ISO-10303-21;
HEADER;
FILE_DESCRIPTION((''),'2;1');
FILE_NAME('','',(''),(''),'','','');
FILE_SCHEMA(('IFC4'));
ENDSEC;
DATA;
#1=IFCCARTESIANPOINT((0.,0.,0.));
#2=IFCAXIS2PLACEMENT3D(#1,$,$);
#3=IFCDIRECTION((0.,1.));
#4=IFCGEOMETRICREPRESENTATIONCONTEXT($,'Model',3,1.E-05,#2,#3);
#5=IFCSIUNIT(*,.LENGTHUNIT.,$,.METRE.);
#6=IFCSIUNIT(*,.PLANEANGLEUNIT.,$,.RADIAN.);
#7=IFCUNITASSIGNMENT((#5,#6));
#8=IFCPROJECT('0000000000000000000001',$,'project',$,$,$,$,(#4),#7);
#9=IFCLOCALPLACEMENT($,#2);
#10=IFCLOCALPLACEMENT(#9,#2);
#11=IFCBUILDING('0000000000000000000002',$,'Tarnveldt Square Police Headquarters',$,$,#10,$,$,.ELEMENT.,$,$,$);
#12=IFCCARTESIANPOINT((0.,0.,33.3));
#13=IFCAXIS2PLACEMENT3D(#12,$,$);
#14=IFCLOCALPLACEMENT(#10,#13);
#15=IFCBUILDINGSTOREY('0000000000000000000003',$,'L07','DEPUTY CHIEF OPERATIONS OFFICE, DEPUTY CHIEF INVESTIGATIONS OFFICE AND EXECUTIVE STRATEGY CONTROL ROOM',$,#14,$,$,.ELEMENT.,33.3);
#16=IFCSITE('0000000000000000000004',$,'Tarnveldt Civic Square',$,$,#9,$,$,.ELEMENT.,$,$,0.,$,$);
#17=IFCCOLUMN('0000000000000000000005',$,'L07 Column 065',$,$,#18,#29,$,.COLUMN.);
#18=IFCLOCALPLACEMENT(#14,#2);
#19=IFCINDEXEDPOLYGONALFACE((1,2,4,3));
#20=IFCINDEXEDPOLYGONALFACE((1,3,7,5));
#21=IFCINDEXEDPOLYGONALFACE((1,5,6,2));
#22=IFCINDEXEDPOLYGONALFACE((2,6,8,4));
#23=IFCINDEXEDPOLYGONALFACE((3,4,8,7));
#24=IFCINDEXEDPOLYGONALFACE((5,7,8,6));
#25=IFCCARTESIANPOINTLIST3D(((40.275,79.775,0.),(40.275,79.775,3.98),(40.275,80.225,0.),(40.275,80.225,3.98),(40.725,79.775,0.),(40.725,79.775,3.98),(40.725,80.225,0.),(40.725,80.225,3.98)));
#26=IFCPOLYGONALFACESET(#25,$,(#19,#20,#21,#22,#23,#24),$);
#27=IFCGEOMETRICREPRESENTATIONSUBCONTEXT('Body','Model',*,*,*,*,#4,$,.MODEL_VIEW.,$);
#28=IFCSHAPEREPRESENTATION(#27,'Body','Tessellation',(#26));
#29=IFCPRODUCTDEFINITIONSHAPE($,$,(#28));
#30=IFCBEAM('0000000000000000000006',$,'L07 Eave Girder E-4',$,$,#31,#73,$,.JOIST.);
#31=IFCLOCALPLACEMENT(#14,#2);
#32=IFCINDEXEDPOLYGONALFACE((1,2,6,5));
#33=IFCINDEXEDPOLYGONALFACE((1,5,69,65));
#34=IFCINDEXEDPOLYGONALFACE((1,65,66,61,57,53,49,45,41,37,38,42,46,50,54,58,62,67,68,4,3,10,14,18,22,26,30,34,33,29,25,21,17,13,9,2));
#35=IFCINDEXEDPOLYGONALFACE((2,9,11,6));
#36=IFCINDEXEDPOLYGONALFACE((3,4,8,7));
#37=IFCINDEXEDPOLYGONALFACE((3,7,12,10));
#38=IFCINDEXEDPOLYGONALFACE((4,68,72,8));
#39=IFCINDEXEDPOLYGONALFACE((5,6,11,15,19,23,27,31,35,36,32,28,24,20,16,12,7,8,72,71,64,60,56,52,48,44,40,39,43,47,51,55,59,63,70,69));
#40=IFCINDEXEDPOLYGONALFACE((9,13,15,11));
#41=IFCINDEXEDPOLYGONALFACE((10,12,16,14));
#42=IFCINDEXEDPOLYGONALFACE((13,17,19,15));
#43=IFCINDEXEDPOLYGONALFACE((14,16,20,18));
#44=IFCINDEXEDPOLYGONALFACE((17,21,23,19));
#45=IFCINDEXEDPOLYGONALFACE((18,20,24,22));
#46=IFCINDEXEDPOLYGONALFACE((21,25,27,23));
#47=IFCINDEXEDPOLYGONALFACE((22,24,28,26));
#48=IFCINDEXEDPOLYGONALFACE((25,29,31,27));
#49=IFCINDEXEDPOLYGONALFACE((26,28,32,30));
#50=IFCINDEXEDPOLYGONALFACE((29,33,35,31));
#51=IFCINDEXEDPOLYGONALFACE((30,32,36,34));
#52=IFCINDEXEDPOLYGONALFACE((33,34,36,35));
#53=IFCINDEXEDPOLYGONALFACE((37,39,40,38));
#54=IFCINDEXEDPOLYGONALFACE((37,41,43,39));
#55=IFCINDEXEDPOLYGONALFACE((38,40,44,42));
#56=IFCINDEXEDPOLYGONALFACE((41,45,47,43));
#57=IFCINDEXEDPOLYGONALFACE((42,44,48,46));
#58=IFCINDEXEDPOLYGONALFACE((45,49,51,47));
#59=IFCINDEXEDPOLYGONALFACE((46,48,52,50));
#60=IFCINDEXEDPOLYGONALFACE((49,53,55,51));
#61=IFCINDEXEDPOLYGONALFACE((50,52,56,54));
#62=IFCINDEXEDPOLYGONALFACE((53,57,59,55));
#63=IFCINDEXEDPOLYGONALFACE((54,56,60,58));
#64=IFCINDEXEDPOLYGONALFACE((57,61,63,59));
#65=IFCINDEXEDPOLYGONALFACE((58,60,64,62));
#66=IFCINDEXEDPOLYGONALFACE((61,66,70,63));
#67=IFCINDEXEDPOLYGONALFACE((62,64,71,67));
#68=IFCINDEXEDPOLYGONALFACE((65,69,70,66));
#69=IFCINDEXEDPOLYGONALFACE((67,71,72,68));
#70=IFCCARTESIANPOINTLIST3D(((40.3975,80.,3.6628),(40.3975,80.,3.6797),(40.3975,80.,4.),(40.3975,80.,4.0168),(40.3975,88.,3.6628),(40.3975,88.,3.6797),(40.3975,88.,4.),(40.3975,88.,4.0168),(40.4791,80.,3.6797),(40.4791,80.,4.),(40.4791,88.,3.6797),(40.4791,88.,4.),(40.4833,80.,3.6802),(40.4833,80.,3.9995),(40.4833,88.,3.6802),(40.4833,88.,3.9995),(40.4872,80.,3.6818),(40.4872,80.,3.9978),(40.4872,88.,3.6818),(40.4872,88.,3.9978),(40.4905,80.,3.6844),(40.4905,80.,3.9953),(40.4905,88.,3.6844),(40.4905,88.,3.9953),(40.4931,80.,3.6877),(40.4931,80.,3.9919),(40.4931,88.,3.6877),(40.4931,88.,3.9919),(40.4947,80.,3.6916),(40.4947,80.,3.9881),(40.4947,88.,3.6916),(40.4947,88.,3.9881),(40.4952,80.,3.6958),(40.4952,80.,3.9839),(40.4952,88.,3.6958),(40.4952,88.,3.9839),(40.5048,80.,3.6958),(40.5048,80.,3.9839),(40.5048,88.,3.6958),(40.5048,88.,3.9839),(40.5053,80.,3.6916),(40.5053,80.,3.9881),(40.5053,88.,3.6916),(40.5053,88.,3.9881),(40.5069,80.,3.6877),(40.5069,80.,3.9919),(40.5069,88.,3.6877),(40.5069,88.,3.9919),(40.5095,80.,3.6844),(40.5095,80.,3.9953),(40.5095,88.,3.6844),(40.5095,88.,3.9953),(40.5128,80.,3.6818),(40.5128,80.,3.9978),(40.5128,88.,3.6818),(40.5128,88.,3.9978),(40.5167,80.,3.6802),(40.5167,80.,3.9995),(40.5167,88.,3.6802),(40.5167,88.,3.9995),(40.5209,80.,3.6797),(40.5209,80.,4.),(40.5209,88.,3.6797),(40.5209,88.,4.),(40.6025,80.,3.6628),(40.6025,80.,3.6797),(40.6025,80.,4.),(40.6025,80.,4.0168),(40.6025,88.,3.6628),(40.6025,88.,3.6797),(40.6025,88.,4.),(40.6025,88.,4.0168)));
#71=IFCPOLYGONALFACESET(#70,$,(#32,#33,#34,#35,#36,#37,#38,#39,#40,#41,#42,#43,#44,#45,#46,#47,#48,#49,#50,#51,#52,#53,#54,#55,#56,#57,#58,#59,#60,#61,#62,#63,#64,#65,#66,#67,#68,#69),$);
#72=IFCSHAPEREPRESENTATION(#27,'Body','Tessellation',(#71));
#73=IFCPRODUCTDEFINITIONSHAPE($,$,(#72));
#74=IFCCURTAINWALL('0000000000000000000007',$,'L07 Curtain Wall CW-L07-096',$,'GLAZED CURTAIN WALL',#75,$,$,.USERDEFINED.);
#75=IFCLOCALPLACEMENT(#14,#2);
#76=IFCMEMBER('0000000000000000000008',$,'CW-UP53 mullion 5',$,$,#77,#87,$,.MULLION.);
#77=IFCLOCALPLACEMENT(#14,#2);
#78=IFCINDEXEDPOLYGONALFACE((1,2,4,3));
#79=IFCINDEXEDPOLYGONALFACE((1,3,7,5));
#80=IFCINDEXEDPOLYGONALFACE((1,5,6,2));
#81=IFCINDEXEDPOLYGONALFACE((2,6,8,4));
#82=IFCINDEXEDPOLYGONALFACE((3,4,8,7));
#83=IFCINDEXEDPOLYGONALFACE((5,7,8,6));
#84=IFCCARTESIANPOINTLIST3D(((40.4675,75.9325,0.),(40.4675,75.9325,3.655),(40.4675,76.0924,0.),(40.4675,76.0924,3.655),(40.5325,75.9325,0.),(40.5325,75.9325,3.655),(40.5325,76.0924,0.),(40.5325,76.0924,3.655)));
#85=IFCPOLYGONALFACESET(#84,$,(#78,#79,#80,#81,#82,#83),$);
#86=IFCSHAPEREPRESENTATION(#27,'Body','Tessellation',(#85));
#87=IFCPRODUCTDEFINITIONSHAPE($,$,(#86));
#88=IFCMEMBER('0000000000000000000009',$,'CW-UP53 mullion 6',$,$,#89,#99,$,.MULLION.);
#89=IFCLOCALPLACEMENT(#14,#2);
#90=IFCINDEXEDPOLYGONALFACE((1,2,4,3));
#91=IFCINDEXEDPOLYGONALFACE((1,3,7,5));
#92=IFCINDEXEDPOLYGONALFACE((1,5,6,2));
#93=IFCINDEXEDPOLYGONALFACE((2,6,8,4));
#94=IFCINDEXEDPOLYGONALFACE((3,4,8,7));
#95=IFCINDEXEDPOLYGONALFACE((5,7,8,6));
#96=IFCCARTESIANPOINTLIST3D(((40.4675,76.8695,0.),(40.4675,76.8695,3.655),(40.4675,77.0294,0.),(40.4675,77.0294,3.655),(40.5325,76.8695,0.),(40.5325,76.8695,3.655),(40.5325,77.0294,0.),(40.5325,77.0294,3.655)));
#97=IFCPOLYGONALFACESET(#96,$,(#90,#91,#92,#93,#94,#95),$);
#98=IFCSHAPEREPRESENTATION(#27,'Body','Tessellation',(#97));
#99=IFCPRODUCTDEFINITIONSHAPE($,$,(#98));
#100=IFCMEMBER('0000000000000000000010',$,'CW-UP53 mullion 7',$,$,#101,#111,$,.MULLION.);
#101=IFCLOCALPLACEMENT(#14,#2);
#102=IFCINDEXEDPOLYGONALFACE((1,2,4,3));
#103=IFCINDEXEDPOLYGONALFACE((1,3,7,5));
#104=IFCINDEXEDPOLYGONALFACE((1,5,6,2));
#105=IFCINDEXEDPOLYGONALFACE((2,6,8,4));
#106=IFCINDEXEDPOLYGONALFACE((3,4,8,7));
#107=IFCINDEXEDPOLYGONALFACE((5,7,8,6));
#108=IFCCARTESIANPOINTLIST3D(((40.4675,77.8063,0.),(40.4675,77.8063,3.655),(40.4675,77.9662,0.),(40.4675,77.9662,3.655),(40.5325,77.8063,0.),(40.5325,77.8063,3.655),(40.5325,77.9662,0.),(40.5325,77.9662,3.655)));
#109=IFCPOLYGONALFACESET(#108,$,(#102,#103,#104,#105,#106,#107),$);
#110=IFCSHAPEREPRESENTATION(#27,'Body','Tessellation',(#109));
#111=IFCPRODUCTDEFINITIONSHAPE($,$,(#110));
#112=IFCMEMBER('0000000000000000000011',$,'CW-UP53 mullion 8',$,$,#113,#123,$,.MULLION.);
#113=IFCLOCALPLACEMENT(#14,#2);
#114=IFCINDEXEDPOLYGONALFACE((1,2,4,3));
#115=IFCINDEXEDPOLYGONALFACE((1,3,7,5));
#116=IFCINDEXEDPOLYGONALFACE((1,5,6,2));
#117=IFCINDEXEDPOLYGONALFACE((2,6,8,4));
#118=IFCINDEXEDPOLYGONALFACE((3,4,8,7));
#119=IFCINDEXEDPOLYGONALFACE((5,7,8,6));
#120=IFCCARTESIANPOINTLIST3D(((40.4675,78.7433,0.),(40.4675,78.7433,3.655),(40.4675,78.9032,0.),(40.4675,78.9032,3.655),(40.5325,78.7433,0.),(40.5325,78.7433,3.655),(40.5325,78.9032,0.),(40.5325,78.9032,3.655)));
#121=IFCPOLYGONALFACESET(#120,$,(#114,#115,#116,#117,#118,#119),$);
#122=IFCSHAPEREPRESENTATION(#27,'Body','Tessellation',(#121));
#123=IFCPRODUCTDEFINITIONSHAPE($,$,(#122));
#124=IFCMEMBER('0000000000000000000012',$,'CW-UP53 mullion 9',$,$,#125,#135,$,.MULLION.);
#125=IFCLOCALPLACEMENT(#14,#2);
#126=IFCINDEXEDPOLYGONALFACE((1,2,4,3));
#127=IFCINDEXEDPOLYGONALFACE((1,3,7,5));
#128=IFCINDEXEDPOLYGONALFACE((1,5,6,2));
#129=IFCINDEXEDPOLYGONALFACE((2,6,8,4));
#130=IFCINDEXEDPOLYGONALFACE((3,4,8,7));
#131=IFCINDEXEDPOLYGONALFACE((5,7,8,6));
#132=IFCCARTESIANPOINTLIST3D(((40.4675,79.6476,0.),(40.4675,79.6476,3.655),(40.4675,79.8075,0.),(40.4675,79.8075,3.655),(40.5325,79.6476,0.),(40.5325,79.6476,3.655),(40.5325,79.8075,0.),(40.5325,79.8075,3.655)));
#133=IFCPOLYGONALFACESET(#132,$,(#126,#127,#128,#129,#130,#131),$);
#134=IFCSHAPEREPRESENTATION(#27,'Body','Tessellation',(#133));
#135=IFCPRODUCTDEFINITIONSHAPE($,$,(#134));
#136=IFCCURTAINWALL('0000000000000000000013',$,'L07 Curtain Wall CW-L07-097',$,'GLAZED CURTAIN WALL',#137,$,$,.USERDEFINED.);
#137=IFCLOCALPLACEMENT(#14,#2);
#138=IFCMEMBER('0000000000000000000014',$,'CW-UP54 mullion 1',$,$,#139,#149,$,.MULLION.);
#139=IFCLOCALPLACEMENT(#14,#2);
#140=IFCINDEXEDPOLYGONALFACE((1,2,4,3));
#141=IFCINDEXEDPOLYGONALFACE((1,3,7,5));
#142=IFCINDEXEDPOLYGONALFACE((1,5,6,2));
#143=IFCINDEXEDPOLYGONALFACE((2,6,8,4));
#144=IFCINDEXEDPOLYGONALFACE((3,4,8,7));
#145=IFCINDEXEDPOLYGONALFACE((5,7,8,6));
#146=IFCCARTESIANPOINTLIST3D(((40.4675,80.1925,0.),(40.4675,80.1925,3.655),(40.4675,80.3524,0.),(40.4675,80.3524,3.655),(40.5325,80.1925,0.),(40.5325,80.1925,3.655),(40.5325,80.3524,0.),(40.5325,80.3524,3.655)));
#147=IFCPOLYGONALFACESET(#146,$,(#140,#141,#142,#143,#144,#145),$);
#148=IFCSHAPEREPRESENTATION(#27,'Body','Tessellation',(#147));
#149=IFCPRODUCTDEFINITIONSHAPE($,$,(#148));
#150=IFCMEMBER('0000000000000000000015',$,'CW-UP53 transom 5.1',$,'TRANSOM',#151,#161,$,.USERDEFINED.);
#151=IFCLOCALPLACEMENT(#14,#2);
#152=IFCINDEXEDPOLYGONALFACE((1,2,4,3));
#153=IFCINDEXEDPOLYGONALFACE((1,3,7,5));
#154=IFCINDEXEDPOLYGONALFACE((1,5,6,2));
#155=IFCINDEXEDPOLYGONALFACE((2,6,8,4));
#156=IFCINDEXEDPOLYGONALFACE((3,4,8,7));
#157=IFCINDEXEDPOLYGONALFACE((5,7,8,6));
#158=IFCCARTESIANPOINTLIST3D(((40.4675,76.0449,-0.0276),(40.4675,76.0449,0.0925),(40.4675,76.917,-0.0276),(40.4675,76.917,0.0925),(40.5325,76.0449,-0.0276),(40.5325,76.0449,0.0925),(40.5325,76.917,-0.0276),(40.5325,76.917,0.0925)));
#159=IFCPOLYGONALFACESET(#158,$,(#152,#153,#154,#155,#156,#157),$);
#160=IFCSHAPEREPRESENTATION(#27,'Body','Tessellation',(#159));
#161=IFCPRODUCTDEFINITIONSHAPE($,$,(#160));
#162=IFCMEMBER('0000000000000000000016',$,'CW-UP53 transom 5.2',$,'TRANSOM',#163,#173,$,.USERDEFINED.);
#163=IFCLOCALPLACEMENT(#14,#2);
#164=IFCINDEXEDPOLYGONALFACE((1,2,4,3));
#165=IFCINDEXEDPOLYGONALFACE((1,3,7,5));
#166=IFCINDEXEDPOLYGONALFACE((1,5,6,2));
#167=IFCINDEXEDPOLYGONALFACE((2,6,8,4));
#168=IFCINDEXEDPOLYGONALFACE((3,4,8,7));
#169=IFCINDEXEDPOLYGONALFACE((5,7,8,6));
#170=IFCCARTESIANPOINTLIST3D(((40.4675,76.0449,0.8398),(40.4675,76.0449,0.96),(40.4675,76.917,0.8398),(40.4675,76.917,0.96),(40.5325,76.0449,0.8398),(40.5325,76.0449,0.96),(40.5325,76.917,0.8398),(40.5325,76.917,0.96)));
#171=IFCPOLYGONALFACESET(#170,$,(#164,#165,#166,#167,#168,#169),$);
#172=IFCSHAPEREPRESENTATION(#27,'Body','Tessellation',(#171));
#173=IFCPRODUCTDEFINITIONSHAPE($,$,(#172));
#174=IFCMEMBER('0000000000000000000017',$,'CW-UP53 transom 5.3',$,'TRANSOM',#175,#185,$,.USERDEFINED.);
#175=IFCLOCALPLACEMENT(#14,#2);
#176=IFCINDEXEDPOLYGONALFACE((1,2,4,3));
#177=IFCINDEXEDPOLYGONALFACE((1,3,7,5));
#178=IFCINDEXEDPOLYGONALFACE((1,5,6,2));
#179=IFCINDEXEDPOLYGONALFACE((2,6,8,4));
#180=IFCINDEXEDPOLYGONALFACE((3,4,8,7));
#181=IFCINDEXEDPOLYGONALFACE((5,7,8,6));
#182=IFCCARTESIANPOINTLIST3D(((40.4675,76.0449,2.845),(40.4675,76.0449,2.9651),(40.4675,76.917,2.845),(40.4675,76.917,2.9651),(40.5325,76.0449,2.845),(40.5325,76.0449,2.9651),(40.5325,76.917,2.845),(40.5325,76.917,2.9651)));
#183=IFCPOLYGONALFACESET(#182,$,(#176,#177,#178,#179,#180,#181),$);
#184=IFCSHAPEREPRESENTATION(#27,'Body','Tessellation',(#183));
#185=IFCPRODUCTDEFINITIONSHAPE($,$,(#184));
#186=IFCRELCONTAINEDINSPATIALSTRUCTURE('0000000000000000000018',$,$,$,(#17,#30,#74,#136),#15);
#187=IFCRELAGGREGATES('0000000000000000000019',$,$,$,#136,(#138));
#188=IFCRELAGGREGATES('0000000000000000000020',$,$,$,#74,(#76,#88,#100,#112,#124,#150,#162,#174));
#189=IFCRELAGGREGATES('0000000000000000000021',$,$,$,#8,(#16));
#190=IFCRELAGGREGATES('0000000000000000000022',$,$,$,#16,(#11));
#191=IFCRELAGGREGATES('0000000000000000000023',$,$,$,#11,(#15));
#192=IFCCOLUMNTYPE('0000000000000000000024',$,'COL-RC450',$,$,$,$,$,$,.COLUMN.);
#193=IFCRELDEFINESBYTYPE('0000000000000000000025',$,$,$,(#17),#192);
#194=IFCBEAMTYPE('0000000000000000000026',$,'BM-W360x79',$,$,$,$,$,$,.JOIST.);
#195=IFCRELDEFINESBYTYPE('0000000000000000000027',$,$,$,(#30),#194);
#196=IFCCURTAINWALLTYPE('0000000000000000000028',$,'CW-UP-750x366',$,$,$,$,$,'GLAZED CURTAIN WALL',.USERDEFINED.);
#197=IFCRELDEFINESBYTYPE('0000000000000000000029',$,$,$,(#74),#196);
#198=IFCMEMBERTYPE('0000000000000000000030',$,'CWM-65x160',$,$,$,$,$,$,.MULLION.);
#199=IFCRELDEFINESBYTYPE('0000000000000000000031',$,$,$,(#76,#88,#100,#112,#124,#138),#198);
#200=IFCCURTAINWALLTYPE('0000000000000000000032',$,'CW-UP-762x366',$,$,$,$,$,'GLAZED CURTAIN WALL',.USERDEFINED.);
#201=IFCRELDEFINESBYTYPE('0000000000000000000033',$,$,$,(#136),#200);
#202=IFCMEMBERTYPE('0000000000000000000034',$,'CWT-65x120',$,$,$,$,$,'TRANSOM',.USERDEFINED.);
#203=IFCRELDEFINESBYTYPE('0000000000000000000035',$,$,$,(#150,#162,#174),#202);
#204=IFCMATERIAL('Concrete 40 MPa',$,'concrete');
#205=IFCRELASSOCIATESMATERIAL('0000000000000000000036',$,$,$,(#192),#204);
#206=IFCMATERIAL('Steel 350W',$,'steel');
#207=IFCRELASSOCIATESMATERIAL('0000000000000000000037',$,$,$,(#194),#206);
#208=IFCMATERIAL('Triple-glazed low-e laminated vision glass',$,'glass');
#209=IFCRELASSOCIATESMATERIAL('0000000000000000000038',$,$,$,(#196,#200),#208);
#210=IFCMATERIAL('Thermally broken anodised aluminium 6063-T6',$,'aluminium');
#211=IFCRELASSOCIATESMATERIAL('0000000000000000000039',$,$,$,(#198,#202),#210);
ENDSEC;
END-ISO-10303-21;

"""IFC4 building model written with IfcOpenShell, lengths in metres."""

from ifc_helpers import new_model, si_unit, direction, frame, origin, origin_2d, place, context, subcontext, project, spatial, rectangle, i_section, extrude, material, material_profile, profile_set, type_object, element, aggregate, save


model = new_model("IFC4")

# Units and contexts
model_context = context("Model", 3, precision=1e-05, world=origin(), true_north=direction((0.0, 1.0)))
body_context = subcontext(model_context, "Body", "Model", "MODEL_VIEW")
ifc_project = project(units=[si_unit("LENGTHUNIT", "METRE"), si_unit("PLANEANGLEUNIT", "RADIAN")], contexts=[model_context])

# Site, building, storey
site_placement = place(None, origin())
site = spatial("IfcSite", under=ifc_project, at=site_placement, Name="Tarnveldt Civic Square", CompositionType="ELEMENT", RefElevation=0.0)
building_placement = place(site_placement, origin())
building = spatial("IfcBuilding", under=site, at=building_placement, Name="Tarnveldt Square Police Headquarters", CompositionType="ELEMENT")
storey_placement = place(building_placement, frame((0.0, 0.0, 33.3)))
storey = spatial("IfcBuildingStorey", under=building, at=storey_placement, Name="L07", Description="DEPUTY CHIEF OPERATIONS OFFICE, DEPUTY CHIEF INVESTIGATIONS OFFICE AND EXECUTIVE STRATEGY CONTROL ROOM", CompositionType="ELEMENT", Elevation=33.3)

# Column
ifc_material_1 = material(Name="Concrete 40 MPa", Category="concrete")
ifc_material_profile_1 = material_profile(ifc_material_1, rectangle(XDim=0.45, YDim=0.45, at=origin_2d()), Name="RC-C450x450")
ifc_profile_set_1 = profile_set([ifc_material_profile_1], Name="Concrete 40 MPa")
column_type = type_object("IfcColumnType", Name="COL-RC450", PredefinedType="COLUMN", material=ifc_profile_set_1)
column_placement = place(storey_placement, frame((40.5, 80.0, 0.0), z_axis=(0.0, 0.0, 1.0), x_axis=(1.0, 0.0, 0.0)))
element("IfcColumn", 1, at=column_placement, inside=storey, type_object=column_type, Name="L07 Column 065", PredefinedType="COLUMN", context=body_context, shape_type="SweptSolid", body=[
    extrude(rectangle(XDim=0.45, YDim=0.45, at=origin_2d()), origin(), (0.0, 0.0, 1.0), 3.98),
])

# Beam
ifc_material_2 = material(Name="Steel 350W", Category="steel")
ifc_material_profile_2 = material_profile(ifc_material_2, i_section(OverallWidth=0.2051, OverallDepth=0.354, WebThickness=0.0095, FlangeThickness=0.0168, FilletRadius=0.0161, at=origin_2d()), Name="W360x79")
ifc_profile_set_2 = profile_set([ifc_material_profile_2], Name="Steel 350W")
beam_type = type_object("IfcBeamType", Name="BM-W360x79", PredefinedType="JOIST", material=ifc_profile_set_2)
beam_placement = place(storey_placement, frame((40.5, 80.0, 3.8398), z_axis=(0.0, 1.0, 0.0), x_axis=(-1.0, 0.0, 0.0)))
element("IfcBeam", 2, at=beam_placement, inside=storey, type_object=beam_type, Name="L07 Eave Girder E-4", PredefinedType="JOIST", context=body_context, shape_type="SweptSolid", body=[
    extrude(i_section(OverallWidth=0.2051, OverallDepth=0.354, WebThickness=0.0095, FlangeThickness=0.0168, FilletRadius=0.0161, at=origin_2d()), origin(), (0.0, 0.0, 1.0), 8.0),
])

# Curtain wall, members
ifc_material_3 = material(Name="Triple-glazed low-e laminated vision glass", Category="glass")
curtain_wall_type_1 = type_object("IfcCurtainWallType", Name="CW-UP-750x366", ElementType="GLAZED CURTAIN WALL", PredefinedType="USERDEFINED", material=ifc_material_3)
curtain_wall_1_placement = place(storey_placement, origin())
curtain_wall_1 = element("IfcCurtainWall", 3, at=curtain_wall_1_placement, inside=storey, type_object=curtain_wall_type_1, Name="L07 Curtain Wall CW-L07-096", ObjectType="GLAZED CURTAIN WALL", PredefinedType="USERDEFINED")
ifc_material_4 = material(Name="Thermally broken anodised aluminium 6063-T6", Category="aluminium")
ifc_material_profile_3 = material_profile(ifc_material_4, rectangle(XDim=0.0649, YDim=0.1599, at=origin_2d()), Name="CW-M65x160")
ifc_profile_set_3 = profile_set([ifc_material_profile_3], Name="Thermally broken anodised aluminium 6063-T6")
member_type_1 = type_object("IfcMemberType", Name="CWM-65x160", PredefinedType="MULLION", material=ifc_profile_set_3)
member_1_placement = place(storey_placement, frame((40.5, 76.0125, 0.0), z_axis=(0.0, 0.0, 1.0), x_axis=(-1.0, 0.0, 0.0)))
member_1 = element("IfcMember", 4, at=member_1_placement, type_object=member_type_1, Name="CW-UP53 mullion 5", PredefinedType="MULLION", context=body_context, shape_type="SweptSolid", body=[
    extrude(rectangle(XDim=0.0649, YDim=0.1599, at=origin_2d()), origin(), (0.0, 0.0, 1.0), 3.655),
])
member_2_placement = place(storey_placement, frame((40.5, 76.9495, 0.0), z_axis=(0.0, 0.0, 1.0), x_axis=(-1.0, 0.0, 0.0)))
member_2 = element("IfcMember", 5, at=member_2_placement, type_object=member_type_1, Name="CW-UP53 mullion 6", PredefinedType="MULLION", context=body_context, shape_type="SweptSolid", body=[
    extrude(rectangle(XDim=0.0649, YDim=0.1599, at=origin_2d()), origin(), (0.0, 0.0, 1.0), 3.655),
])
member_3_placement = place(storey_placement, frame((40.5, 77.8862, 0.0), z_axis=(0.0, 0.0, 1.0), x_axis=(-1.0, 0.0, 0.0)))
member_3 = element("IfcMember", 6, at=member_3_placement, type_object=member_type_1, Name="CW-UP53 mullion 7", PredefinedType="MULLION", context=body_context, shape_type="SweptSolid", body=[
    extrude(rectangle(XDim=0.0649, YDim=0.1599, at=origin_2d()), origin(), (0.0, 0.0, 1.0), 3.655),
])
member_4_placement = place(storey_placement, frame((40.5, 78.8232, 0.0), z_axis=(0.0, 0.0, 1.0), x_axis=(-1.0, 0.0, 0.0)))
member_4 = element("IfcMember", 7, at=member_4_placement, type_object=member_type_1, Name="CW-UP53 mullion 8", PredefinedType="MULLION", context=body_context, shape_type="SweptSolid", body=[
    extrude(rectangle(XDim=0.0649, YDim=0.1599, at=origin_2d()), origin(), (0.0, 0.0, 1.0), 3.655),
])
member_5_placement = place(storey_placement, frame((40.5, 79.7275, 0.0), z_axis=(0.0, 0.0, 1.0), x_axis=(-1.0, 0.0, 0.0)))
member_5 = element("IfcMember", 8, at=member_5_placement, type_object=member_type_1, Name="CW-UP53 mullion 9", PredefinedType="MULLION", context=body_context, shape_type="SweptSolid", body=[
    extrude(rectangle(XDim=0.0649, YDim=0.1599, at=origin_2d()), origin(), (0.0, 0.0, 1.0), 3.655),
])

# Curtain wall, member
curtain_wall_type_2 = type_object("IfcCurtainWallType", Name="CW-UP-762x366", ElementType="GLAZED CURTAIN WALL", PredefinedType="USERDEFINED", material=ifc_material_3)
curtain_wall_2_placement = place(storey_placement, origin())
curtain_wall_2 = element("IfcCurtainWall", 9, at=curtain_wall_2_placement, inside=storey, type_object=curtain_wall_type_2, Name="L07 Curtain Wall CW-L07-097", ObjectType="GLAZED CURTAIN WALL", PredefinedType="USERDEFINED")
member_6_placement = place(storey_placement, frame((40.5, 80.2725, 0.0), z_axis=(0.0, 0.0, 1.0), x_axis=(-1.0, 0.0, 0.0)))
member_6 = element("IfcMember", 10, at=member_6_placement, type_object=member_type_1, Name="CW-UP54 mullion 1", PredefinedType="MULLION", context=body_context, shape_type="SweptSolid", body=[
    extrude(rectangle(XDim=0.0649, YDim=0.1599, at=origin_2d()), origin(), (0.0, 0.0, 1.0), 3.655),
])

# Members
ifc_material_profile_4 = material_profile(ifc_material_4, rectangle(XDim=0.0649, YDim=0.1201, at=origin_2d()), Name="CW-T65x120")
ifc_profile_set_4 = profile_set([ifc_material_profile_4], Name="Thermally broken anodised aluminium 6063-T6")
member_type_2 = type_object("IfcMemberType", Name="CWT-65x120", ElementType="TRANSOM", PredefinedType="USERDEFINED", material=ifc_profile_set_4)
member_7_placement = place(storey_placement, frame((40.5, 76.0449, 0.0325), z_axis=(0.0, 1.0, 0.0), x_axis=(-1.0, 0.0, 0.0)))
member_7 = element("IfcMember", 11, at=member_7_placement, type_object=member_type_2, Name="CW-UP53 transom 5.1", ObjectType="TRANSOM", PredefinedType="USERDEFINED", context=body_context, shape_type="SweptSolid", body=[
    extrude(rectangle(XDim=0.0649, YDim=0.1201, at=origin_2d()), origin(), (0.0, 0.0, 1.0), 0.8721),
])
member_8_placement = place(storey_placement, frame((40.5, 76.0449, 0.8999), z_axis=(0.0, 1.0, 0.0), x_axis=(-1.0, 0.0, 0.0)))
member_8 = element("IfcMember", 12, at=member_8_placement, type_object=member_type_2, Name="CW-UP53 transom 5.2", ObjectType="TRANSOM", PredefinedType="USERDEFINED", context=body_context, shape_type="SweptSolid", body=[
    extrude(rectangle(XDim=0.0649, YDim=0.1201, at=origin_2d()), origin(), (0.0, 0.0, 1.0), 0.8721),
])
member_9_placement = place(storey_placement, frame((40.5, 76.0449, 2.905), z_axis=(0.0, 1.0, 0.0), x_axis=(-1.0, 0.0, 0.0)))
member_9 = element("IfcMember", 13, at=member_9_placement, type_object=member_type_2, Name="CW-UP53 transom 5.3", ObjectType="TRANSOM", PredefinedType="USERDEFINED", context=body_context, shape_type="SweptSolid", body=[
    extrude(rectangle(XDim=0.0649, YDim=0.1201, at=origin_2d()), origin(), (0.0, 0.0, 1.0), 0.8721),
])
aggregate(curtain_wall_2, [member_6])

aggregate(curtain_wall_1, [member_1, member_2, member_3, member_4, member_5, member_7, member_8, member_9])

save(model, "model.ifc")
